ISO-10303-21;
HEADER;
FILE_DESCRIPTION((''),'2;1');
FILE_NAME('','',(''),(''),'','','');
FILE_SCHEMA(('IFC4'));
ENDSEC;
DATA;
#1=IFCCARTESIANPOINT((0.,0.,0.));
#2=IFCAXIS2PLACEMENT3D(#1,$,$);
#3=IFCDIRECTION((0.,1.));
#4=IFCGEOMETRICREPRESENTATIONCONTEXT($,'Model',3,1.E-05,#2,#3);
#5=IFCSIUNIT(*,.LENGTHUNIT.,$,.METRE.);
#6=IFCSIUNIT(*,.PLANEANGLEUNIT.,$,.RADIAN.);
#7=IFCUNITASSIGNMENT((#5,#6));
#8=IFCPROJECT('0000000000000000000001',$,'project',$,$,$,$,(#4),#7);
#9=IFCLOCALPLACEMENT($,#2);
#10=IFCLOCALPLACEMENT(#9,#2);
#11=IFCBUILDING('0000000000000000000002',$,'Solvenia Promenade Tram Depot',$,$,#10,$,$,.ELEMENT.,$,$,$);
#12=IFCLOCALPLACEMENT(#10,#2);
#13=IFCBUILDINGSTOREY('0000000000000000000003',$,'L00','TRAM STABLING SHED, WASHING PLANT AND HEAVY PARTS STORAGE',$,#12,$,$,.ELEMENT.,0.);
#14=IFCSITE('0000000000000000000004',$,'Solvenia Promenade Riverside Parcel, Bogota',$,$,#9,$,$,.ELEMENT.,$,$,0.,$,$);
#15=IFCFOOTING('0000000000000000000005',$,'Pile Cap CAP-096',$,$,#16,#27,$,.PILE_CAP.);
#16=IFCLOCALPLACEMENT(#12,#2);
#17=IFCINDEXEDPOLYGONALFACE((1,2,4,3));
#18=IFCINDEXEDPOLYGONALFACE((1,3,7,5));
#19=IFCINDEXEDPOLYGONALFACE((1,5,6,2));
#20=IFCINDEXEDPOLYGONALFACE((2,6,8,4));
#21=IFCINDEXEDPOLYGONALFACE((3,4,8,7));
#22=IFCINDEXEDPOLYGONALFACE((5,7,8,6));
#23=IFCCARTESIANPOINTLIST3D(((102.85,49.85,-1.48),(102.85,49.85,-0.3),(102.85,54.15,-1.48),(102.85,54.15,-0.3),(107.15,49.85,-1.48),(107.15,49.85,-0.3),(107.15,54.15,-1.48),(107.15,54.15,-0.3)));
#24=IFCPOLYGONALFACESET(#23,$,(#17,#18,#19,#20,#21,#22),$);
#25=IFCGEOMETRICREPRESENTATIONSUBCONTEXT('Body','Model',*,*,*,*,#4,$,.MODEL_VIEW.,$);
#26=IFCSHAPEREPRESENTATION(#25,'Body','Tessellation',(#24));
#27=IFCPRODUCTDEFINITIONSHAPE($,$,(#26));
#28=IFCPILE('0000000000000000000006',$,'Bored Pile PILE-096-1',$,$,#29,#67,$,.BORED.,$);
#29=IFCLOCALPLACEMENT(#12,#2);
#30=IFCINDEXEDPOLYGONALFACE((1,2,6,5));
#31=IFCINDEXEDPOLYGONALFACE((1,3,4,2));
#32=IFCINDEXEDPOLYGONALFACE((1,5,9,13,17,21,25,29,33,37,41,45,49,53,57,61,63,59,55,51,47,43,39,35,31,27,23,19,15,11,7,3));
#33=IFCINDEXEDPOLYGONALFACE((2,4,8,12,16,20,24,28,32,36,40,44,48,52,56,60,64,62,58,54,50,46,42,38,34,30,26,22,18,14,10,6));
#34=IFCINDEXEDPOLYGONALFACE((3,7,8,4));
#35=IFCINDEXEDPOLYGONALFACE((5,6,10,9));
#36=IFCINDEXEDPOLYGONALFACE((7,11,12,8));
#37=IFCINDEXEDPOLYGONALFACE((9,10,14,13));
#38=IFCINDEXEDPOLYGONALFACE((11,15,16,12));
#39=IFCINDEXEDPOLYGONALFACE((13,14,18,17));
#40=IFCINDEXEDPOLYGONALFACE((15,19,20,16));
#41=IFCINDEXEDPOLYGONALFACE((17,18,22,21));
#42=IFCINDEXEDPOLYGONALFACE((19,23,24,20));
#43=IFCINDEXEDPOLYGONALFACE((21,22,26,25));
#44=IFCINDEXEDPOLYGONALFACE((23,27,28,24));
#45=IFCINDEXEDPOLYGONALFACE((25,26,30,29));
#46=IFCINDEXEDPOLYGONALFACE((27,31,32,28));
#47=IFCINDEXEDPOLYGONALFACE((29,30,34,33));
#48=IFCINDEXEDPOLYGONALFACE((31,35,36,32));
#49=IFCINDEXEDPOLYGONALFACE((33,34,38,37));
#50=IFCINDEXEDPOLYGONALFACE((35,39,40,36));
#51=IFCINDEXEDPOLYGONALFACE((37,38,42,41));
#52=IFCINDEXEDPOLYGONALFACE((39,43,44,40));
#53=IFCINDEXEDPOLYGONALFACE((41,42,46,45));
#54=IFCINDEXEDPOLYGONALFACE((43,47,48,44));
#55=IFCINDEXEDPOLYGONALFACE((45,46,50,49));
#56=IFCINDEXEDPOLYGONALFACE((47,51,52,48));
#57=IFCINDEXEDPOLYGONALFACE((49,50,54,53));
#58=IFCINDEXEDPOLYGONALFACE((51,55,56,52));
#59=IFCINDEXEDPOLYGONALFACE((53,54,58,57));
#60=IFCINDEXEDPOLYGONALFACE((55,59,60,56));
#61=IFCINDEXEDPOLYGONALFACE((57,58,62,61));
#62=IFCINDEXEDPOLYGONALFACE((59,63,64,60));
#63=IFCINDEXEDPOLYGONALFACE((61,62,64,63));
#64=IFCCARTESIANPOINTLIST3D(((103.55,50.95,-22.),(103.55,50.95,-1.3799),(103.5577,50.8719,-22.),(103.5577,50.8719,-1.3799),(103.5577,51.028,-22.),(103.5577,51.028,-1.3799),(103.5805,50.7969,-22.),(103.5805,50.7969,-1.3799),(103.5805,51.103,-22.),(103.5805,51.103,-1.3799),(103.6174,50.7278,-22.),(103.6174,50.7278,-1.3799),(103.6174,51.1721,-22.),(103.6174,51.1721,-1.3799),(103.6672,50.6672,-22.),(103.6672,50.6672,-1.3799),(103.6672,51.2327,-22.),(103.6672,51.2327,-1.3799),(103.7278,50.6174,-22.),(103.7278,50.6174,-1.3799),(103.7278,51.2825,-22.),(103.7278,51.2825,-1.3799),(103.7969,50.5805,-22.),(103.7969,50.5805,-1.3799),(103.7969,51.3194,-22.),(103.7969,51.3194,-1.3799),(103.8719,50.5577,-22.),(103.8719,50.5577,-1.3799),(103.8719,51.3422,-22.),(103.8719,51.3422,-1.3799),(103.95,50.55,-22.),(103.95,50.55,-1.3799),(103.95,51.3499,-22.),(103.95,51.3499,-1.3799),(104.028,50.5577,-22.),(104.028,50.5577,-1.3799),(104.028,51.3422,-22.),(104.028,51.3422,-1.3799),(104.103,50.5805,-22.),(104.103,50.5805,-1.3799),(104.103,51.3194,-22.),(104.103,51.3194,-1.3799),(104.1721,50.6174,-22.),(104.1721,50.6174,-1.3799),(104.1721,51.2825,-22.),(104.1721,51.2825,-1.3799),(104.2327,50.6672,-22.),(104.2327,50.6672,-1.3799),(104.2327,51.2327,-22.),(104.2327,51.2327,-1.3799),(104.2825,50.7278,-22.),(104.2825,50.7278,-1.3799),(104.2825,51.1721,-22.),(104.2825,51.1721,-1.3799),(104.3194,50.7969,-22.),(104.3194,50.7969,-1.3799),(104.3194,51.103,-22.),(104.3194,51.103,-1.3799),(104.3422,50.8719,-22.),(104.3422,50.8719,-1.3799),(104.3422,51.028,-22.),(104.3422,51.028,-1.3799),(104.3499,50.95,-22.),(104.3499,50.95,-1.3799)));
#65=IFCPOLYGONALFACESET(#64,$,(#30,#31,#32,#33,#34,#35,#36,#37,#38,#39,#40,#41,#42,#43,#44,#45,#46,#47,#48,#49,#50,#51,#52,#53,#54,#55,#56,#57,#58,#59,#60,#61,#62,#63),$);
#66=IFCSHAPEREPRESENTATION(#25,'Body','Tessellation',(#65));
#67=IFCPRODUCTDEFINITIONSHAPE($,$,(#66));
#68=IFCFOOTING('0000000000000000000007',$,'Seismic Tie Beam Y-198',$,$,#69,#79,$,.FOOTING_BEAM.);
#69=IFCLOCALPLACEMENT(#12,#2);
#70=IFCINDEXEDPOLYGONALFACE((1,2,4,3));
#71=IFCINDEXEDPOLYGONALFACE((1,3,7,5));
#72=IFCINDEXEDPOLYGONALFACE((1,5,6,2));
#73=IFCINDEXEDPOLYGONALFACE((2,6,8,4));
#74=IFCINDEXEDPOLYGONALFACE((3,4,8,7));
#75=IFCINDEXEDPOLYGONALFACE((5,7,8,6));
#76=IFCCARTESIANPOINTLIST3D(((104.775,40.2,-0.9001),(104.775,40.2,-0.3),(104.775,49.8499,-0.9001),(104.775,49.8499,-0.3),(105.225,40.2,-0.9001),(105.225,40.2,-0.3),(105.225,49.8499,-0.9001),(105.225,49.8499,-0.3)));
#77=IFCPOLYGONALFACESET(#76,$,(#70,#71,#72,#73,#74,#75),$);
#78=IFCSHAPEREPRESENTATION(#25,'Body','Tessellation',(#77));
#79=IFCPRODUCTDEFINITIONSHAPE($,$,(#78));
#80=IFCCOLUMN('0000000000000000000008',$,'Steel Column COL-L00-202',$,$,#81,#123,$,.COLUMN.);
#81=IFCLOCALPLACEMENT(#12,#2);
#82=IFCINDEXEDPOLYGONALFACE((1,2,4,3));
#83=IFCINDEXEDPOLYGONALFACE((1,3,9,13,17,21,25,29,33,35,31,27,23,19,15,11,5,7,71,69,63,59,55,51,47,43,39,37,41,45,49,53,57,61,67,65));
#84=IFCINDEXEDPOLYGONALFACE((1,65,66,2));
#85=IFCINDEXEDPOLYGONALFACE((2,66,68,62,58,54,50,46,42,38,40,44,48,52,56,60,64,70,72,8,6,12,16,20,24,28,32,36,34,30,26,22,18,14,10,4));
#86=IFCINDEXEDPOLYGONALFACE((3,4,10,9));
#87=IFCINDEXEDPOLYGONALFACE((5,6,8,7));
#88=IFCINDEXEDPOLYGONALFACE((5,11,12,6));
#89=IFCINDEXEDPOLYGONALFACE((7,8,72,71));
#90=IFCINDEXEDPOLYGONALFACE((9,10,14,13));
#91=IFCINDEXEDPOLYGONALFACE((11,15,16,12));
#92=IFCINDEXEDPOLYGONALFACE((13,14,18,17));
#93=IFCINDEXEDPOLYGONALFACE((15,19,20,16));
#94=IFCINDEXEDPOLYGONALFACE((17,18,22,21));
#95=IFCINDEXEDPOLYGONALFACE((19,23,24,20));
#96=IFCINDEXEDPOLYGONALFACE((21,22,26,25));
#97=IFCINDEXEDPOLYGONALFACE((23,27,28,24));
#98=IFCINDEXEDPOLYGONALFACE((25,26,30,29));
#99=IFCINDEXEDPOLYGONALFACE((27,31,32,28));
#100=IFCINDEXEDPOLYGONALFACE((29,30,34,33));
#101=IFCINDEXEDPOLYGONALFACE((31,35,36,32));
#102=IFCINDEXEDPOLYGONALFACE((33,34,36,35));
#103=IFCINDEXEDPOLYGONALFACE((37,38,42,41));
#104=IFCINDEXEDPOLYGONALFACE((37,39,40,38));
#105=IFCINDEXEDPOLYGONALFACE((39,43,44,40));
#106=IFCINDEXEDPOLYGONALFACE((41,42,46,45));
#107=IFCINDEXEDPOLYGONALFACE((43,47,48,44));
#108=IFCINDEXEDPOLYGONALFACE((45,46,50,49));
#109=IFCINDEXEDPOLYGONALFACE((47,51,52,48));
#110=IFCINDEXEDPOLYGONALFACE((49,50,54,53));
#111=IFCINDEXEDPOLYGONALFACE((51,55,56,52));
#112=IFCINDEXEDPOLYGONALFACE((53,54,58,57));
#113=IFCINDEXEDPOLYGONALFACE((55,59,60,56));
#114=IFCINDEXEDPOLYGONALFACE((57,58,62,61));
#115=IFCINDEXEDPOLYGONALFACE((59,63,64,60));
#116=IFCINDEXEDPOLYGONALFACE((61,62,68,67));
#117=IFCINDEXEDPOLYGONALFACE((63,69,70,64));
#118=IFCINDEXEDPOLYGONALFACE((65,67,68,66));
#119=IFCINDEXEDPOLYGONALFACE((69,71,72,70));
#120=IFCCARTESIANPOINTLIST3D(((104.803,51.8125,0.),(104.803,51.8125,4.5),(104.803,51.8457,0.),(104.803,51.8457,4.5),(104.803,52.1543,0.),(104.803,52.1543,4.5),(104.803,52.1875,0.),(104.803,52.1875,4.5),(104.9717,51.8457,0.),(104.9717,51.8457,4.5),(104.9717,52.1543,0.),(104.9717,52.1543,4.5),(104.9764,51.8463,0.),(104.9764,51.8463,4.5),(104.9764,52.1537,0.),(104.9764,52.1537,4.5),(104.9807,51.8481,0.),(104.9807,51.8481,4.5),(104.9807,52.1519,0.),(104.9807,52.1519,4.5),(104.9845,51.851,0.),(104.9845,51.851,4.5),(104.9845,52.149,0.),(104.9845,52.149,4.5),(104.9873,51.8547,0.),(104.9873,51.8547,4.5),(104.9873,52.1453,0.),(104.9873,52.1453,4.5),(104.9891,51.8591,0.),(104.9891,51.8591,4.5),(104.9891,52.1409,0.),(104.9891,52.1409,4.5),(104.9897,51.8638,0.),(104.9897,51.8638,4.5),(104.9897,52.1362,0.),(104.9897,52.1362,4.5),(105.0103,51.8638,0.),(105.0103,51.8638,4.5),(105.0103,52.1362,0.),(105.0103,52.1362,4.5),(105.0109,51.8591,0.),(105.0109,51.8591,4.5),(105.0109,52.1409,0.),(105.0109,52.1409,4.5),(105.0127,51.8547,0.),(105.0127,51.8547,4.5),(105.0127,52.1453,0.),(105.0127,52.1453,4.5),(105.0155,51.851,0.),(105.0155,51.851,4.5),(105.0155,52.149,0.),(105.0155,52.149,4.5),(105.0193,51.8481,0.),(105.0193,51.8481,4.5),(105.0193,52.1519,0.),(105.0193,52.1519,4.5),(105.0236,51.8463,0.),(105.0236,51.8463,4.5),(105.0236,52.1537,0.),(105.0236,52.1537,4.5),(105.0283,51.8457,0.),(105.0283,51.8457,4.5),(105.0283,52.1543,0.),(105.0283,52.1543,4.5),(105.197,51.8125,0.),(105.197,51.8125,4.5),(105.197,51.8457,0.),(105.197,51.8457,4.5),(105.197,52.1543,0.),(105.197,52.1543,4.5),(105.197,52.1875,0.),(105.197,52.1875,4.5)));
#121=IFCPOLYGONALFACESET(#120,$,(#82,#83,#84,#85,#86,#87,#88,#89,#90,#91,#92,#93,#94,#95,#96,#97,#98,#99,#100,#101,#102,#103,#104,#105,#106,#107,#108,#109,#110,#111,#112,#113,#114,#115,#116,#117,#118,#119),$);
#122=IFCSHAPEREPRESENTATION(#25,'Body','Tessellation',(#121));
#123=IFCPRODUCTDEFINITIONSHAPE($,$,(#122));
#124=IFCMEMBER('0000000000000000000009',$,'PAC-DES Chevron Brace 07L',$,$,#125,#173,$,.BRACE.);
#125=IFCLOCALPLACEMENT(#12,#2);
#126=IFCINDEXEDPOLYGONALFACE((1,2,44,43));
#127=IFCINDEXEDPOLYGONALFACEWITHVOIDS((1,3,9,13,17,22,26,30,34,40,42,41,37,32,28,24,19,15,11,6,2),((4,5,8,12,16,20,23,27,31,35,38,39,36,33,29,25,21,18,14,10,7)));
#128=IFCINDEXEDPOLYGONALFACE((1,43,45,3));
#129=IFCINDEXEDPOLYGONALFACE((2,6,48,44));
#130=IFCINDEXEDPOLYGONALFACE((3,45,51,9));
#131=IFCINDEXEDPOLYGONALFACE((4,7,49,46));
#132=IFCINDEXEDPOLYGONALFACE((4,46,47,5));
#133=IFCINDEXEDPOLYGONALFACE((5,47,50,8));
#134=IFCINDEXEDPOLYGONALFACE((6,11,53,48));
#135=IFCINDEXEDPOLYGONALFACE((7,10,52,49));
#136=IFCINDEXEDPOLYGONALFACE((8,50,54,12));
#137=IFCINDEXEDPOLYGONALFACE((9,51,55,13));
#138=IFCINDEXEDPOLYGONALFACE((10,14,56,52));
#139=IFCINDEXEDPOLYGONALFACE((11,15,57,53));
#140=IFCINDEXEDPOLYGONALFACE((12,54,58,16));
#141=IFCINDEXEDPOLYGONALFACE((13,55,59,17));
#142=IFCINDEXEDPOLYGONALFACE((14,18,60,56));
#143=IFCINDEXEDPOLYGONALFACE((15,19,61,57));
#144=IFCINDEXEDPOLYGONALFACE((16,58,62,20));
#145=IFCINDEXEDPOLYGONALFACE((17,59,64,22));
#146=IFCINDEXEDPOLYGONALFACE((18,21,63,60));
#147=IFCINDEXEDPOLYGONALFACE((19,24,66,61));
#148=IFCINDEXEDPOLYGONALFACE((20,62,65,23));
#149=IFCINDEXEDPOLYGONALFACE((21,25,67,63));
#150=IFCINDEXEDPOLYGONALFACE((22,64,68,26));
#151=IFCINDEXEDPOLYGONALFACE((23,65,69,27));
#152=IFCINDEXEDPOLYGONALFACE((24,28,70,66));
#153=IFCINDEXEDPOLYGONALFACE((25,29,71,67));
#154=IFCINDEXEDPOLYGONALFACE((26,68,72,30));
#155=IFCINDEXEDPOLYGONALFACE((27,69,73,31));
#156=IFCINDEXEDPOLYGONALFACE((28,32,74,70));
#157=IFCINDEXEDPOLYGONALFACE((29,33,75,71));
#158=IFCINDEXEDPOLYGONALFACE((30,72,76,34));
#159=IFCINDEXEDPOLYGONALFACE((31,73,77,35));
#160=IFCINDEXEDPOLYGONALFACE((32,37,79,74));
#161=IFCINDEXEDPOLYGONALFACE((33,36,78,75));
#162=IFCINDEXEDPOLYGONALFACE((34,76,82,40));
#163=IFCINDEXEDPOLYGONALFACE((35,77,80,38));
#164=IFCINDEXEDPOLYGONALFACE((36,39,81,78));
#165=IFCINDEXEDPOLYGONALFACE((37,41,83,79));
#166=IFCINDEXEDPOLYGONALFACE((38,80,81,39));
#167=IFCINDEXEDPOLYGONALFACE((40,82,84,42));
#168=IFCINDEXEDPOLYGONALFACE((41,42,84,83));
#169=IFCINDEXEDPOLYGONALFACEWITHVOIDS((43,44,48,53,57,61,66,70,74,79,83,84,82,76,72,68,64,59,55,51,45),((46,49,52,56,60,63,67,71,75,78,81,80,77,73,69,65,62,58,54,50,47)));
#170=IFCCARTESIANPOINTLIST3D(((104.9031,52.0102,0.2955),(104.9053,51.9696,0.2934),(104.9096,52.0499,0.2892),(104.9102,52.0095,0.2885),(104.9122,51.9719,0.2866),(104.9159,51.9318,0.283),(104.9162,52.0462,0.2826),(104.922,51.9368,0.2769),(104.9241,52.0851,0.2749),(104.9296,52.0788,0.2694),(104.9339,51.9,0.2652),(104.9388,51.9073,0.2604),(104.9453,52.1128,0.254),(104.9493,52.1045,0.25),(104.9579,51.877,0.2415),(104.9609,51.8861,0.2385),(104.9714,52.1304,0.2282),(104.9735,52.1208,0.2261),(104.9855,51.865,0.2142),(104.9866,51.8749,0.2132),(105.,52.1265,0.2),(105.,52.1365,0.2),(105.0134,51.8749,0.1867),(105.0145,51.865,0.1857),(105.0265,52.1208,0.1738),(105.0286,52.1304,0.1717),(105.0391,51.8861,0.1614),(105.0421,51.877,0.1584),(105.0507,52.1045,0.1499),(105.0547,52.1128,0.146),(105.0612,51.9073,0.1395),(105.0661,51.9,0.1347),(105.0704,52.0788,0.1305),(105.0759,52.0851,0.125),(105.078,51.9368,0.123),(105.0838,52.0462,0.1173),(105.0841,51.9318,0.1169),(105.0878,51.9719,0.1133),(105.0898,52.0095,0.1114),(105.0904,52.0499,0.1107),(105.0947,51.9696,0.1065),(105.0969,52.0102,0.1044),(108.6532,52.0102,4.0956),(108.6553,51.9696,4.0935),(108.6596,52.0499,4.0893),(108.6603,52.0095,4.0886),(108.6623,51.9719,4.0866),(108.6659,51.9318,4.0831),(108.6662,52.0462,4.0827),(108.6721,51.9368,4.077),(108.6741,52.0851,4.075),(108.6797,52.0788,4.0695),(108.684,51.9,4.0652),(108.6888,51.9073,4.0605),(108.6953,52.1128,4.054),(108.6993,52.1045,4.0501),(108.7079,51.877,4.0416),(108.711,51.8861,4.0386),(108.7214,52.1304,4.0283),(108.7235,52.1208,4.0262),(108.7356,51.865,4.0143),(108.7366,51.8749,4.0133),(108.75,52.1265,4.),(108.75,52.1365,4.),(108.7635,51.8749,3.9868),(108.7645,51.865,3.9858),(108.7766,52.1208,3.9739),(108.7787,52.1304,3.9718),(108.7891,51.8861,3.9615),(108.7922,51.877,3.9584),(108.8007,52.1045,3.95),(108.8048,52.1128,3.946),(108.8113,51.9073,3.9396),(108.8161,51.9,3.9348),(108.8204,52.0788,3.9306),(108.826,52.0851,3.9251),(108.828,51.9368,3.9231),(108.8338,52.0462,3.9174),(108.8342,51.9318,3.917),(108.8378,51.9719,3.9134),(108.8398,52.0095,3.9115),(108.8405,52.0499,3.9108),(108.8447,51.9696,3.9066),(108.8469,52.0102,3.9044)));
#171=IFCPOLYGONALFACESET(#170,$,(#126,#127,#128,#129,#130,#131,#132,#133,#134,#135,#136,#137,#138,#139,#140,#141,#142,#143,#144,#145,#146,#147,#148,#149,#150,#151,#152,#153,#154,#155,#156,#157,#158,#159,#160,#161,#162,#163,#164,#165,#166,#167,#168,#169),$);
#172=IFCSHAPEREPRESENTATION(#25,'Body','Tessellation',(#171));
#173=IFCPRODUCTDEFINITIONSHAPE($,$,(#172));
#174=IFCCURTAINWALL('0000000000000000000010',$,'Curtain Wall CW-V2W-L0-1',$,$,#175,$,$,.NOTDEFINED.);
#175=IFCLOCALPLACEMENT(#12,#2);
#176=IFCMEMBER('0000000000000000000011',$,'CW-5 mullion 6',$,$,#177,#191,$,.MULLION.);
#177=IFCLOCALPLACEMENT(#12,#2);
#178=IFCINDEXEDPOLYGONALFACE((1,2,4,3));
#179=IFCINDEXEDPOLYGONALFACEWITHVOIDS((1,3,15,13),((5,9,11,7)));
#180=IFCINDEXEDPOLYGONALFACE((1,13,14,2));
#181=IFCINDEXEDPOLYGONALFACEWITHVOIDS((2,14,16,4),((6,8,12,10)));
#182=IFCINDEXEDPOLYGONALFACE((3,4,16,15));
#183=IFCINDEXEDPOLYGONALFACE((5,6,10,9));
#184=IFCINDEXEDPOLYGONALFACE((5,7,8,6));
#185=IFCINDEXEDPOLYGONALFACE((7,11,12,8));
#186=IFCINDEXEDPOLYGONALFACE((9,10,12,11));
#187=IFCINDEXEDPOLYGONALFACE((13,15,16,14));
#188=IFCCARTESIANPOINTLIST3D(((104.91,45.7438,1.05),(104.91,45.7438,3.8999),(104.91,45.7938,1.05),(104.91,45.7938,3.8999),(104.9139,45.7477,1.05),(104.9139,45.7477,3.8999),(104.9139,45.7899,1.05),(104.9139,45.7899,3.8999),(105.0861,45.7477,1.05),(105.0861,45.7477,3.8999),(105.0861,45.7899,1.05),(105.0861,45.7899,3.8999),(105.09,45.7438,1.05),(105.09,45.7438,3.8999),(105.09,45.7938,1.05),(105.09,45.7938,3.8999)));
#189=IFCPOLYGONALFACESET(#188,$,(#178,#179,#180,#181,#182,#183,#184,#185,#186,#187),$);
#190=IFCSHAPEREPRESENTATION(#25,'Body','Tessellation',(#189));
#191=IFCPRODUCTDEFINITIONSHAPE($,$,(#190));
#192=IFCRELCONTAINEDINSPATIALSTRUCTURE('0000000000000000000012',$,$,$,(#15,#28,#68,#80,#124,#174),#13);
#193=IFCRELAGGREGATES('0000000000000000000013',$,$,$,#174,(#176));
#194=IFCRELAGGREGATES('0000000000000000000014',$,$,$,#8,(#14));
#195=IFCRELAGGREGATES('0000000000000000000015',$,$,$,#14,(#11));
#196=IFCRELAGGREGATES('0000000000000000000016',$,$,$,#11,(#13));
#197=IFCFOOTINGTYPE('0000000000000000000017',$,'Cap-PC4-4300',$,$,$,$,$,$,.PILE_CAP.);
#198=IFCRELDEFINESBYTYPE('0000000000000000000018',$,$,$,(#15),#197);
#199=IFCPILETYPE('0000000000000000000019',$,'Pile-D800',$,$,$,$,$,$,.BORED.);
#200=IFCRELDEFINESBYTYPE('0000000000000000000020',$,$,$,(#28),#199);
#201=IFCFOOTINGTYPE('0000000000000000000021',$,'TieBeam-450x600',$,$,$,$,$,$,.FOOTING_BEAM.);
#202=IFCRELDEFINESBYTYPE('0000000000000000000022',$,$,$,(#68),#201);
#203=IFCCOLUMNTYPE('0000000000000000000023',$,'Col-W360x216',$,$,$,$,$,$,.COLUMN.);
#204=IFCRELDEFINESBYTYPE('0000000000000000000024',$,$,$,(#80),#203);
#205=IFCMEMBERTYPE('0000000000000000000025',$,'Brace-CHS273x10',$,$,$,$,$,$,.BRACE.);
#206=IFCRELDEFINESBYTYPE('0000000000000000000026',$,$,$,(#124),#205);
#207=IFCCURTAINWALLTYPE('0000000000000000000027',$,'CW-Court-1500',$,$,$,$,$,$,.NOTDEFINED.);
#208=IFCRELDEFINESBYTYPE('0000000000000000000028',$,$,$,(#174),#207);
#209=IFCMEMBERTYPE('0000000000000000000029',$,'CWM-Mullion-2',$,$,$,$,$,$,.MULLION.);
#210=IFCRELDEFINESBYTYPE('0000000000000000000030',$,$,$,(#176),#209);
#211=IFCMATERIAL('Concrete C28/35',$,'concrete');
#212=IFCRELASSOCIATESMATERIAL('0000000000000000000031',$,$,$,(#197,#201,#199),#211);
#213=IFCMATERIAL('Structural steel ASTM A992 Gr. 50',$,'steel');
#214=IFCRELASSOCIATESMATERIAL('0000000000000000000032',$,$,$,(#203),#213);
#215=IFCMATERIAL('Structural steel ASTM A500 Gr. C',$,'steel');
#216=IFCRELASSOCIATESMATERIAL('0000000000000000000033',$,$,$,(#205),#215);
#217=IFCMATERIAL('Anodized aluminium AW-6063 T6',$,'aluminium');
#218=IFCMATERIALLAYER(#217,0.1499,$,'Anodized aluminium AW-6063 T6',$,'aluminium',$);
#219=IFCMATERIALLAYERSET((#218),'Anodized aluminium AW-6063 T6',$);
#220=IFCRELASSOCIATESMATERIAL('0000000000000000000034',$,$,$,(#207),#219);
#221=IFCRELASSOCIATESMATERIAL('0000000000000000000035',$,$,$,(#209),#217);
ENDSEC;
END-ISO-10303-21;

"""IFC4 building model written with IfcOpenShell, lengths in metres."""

from ifc_helpers import new_model, si_unit, direction, frame, origin, origin_2d, place, context, subcontext, project, spatial, rectangle, hollow_rectangle, circle, hollow_circle, i_section, extrude, material, layer, layer_set, material_profile, profile_set, type_object, element, aggregate, save


model = new_model("IFC4")

# Units and contexts
model_context = context("Model", 3, precision=1e-05, world=origin(), true_north=direction((0.0, 1.0)))
body_context = subcontext(model_context, "Body", "Model", "MODEL_VIEW")
ifc_project = project(units=[si_unit("LENGTHUNIT", "METRE"), si_unit("PLANEANGLEUNIT", "RADIAN")], contexts=[model_context])

# Site, building, storey
site_placement = place(None, origin())
site = spatial("IfcSite", under=ifc_project, at=site_placement, Name="Solvenia Promenade Riverside Parcel, Bogota", CompositionType="ELEMENT", RefElevation=0.0)
building_placement = place(site_placement, origin())
building = spatial("IfcBuilding", under=site, at=building_placement, Name="Solvenia Promenade Tram Depot", CompositionType="ELEMENT")
storey_placement = place(building_placement, origin())
storey = spatial("IfcBuildingStorey", under=building, at=storey_placement, Name="L00", Description="TRAM STABLING SHED, WASHING PLANT AND HEAVY PARTS STORAGE", CompositionType="ELEMENT", Elevation=0.0)

# Footing
ifc_material_1 = material(Name="Concrete C28/35", Category="concrete")
footing_type_1 = type_object("IfcFootingType", Name="Cap-PC4-4300", PredefinedType="PILE_CAP", material=ifc_material_1)
footing_1_placement = place(storey_placement, frame((105.0, 52.0, -1.48), z_axis=(0.0, 0.0, 1.0), x_axis=(1.0, 0.0, 0.0)))
element("IfcFooting", 1, at=footing_1_placement, inside=storey, type_object=footing_type_1, Name="Pile Cap CAP-096", PredefinedType="PILE_CAP", context=body_context, shape_type="SweptSolid", body=[
    extrude(rectangle(XDim=4.3, YDim=4.3, at=origin_2d()), origin(), (0.0, 0.0, 1.0), 1.1799),
])

# Pile
ifc_material_profile_1 = material_profile(ifc_material_1, circle(Radius=0.3999, at=origin_2d()), Name="D800", Category="concrete")
ifc_profile_set_1 = profile_set([ifc_material_profile_1], Name="Concrete C28/35")
pile_type = type_object("IfcPileType", Name="Pile-D800", PredefinedType="BORED", material=ifc_profile_set_1)
pile_placement = place(storey_placement, frame((103.95, 50.95, -1.3799), z_axis=(0.0, 0.0, -1.0), x_axis=(1.0, 0.0, 0.0)))
element("IfcPile", 2, at=pile_placement, inside=storey, type_object=pile_type, Name="Bored Pile PILE-096-1", PredefinedType="BORED", context=body_context, shape_type="SweptSolid", body=[
    extrude(circle(Radius=0.3999, at=origin_2d()), origin(), (0.0, 0.0, 1.0), 20.6201),
])

# Footing
footing_type_2 = type_object("IfcFootingType", Name="TieBeam-450x600", PredefinedType="FOOTING_BEAM", material=ifc_material_1)
footing_2_placement = place(storey_placement, frame((105.0, 45.0249, -0.9001), z_axis=(0.0, 0.0, 1.0), x_axis=(1.0, 0.0, 0.0)))
element("IfcFooting", 3, at=footing_2_placement, inside=storey, type_object=footing_type_2, Name="Seismic Tie Beam Y-198", PredefinedType="FOOTING_BEAM", context=body_context, shape_type="SweptSolid", body=[
    extrude(rectangle(XDim=0.45, YDim=9.6499, at=origin_2d()), origin(), (0.0, 0.0, 1.0), 0.6001),
])

# Column
ifc_material_2 = material(Name="Structural steel ASTM A992 Gr. 50", Category="steel")
ifc_material_profile_2 = material_profile(ifc_material_2, i_section(OverallWidth=0.394, OverallDepth=0.375, WebThickness=0.0205, FlangeThickness=0.0332, FilletRadius=0.0181, at=origin_2d()), Name="W360x216", Category="steel")
ifc_profile_set_2 = profile_set([ifc_material_profile_2], Name="Structural steel ASTM A992 Gr. 50")
column_type = type_object("IfcColumnType", Name="Col-W360x216", PredefinedType="COLUMN", material=ifc_profile_set_2)
column_placement = place(storey_placement, frame((105.0, 52.0, 0.0), z_axis=(0.0, 0.0, 1.0), x_axis=(1.0, 0.0, 0.0)))
element("IfcColumn", 4, at=column_placement, inside=storey, type_object=column_type, Name="Steel Column COL-L00-202", PredefinedType="COLUMN", context=body_context, shape_type="SweptSolid", body=[
    extrude(i_section(OverallWidth=0.394, OverallDepth=0.375, WebThickness=0.0205, FlangeThickness=0.0332, FilletRadius=0.0181, at=origin_2d()), origin(), (0.0, 0.0, 1.0), 4.5),
])

# Member
ifc_material_3 = material(Name="Structural steel ASTM A500 Gr. C", Category="steel")
ifc_material_profile_3 = material_profile(ifc_material_3, hollow_circle(Radius=0.1365, WallThickness=0.01, at=origin_2d()), Name="CHS273.0x10", Category="steel")
ifc_profile_set_3 = profile_set([ifc_material_profile_3], Name="Structural steel ASTM A500 Gr. C")
member_type_1 = type_object("IfcMemberType", Name="Brace-CHS273x10", PredefinedType="BRACE", material=ifc_profile_set_3)
member_1_placement = place(storey_placement, frame((105.0, 52.0, 0.2), z_axis=(0.702404, 0.0, 0.711779), x_axis=(0.0, 1.0, 0.0)))
element("IfcMember", 5, at=member_1_placement, inside=storey, type_object=member_type_1, Name="PAC-DES Chevron Brace 07L", PredefinedType="BRACE", context=body_context, shape_type="SweptSolid", body=[
    extrude(hollow_circle(Radius=0.1365, WallThickness=0.01, at=origin_2d()), origin(), (0.0, 0.0, 1.0), 5.3389),
])

# Curtain wall, member
ifc_material_4 = material(Name="Anodized aluminium AW-6063 T6", Category="aluminium")
ifc_layer_1 = layer(ifc_material_4, 0.1499, Name="Anodized aluminium AW-6063 T6", Category="aluminium")
ifc_layer_set_1 = layer_set([ifc_layer_1], Name="Anodized aluminium AW-6063 T6")
curtain_wall_type = type_object("IfcCurtainWallType", Name="CW-Court-1500", PredefinedType="NOTDEFINED", material=ifc_layer_set_1)
curtain_wall_placement = place(storey_placement, origin())
curtain_wall = element("IfcCurtainWall", 6, at=curtain_wall_placement, inside=storey, type_object=curtain_wall_type, Name="Curtain Wall CW-V2W-L0-1", PredefinedType="NOTDEFINED")
ifc_material_profile_4 = material_profile(ifc_material_4, hollow_rectangle(XDim=0.1799, YDim=0.05, WallThickness=0.0039, at=origin_2d()), Name="ALU-M2", Category="aluminium")
ifc_profile_set_4 = profile_set([ifc_material_profile_4], Name="Anodized aluminium AW-6063 T6")
member_type_2 = type_object("IfcMemberType", Name="CWM-Mullion-2", PredefinedType="MULLION", material=ifc_profile_set_4)
member_2_placement = place(storey_placement, frame((105.0, 45.7688, 1.05), z_axis=(0.0, 0.0, 1.0), x_axis=(-1.0, 0.0, 0.0)))
member_2 = element("IfcMember", 7, at=member_2_placement, type_object=member_type_2, Name="CW-5 mullion 6", PredefinedType="MULLION", context=body_context, shape_type="SweptSolid", body=[
    extrude(hollow_rectangle(XDim=0.1799, YDim=0.05, WallThickness=0.0039, at=origin_2d()), origin(), (0.0, 0.0, 1.0), 2.8499),
])
aggregate(curtain_wall, [member_2])

save(model, "model.ifc")
